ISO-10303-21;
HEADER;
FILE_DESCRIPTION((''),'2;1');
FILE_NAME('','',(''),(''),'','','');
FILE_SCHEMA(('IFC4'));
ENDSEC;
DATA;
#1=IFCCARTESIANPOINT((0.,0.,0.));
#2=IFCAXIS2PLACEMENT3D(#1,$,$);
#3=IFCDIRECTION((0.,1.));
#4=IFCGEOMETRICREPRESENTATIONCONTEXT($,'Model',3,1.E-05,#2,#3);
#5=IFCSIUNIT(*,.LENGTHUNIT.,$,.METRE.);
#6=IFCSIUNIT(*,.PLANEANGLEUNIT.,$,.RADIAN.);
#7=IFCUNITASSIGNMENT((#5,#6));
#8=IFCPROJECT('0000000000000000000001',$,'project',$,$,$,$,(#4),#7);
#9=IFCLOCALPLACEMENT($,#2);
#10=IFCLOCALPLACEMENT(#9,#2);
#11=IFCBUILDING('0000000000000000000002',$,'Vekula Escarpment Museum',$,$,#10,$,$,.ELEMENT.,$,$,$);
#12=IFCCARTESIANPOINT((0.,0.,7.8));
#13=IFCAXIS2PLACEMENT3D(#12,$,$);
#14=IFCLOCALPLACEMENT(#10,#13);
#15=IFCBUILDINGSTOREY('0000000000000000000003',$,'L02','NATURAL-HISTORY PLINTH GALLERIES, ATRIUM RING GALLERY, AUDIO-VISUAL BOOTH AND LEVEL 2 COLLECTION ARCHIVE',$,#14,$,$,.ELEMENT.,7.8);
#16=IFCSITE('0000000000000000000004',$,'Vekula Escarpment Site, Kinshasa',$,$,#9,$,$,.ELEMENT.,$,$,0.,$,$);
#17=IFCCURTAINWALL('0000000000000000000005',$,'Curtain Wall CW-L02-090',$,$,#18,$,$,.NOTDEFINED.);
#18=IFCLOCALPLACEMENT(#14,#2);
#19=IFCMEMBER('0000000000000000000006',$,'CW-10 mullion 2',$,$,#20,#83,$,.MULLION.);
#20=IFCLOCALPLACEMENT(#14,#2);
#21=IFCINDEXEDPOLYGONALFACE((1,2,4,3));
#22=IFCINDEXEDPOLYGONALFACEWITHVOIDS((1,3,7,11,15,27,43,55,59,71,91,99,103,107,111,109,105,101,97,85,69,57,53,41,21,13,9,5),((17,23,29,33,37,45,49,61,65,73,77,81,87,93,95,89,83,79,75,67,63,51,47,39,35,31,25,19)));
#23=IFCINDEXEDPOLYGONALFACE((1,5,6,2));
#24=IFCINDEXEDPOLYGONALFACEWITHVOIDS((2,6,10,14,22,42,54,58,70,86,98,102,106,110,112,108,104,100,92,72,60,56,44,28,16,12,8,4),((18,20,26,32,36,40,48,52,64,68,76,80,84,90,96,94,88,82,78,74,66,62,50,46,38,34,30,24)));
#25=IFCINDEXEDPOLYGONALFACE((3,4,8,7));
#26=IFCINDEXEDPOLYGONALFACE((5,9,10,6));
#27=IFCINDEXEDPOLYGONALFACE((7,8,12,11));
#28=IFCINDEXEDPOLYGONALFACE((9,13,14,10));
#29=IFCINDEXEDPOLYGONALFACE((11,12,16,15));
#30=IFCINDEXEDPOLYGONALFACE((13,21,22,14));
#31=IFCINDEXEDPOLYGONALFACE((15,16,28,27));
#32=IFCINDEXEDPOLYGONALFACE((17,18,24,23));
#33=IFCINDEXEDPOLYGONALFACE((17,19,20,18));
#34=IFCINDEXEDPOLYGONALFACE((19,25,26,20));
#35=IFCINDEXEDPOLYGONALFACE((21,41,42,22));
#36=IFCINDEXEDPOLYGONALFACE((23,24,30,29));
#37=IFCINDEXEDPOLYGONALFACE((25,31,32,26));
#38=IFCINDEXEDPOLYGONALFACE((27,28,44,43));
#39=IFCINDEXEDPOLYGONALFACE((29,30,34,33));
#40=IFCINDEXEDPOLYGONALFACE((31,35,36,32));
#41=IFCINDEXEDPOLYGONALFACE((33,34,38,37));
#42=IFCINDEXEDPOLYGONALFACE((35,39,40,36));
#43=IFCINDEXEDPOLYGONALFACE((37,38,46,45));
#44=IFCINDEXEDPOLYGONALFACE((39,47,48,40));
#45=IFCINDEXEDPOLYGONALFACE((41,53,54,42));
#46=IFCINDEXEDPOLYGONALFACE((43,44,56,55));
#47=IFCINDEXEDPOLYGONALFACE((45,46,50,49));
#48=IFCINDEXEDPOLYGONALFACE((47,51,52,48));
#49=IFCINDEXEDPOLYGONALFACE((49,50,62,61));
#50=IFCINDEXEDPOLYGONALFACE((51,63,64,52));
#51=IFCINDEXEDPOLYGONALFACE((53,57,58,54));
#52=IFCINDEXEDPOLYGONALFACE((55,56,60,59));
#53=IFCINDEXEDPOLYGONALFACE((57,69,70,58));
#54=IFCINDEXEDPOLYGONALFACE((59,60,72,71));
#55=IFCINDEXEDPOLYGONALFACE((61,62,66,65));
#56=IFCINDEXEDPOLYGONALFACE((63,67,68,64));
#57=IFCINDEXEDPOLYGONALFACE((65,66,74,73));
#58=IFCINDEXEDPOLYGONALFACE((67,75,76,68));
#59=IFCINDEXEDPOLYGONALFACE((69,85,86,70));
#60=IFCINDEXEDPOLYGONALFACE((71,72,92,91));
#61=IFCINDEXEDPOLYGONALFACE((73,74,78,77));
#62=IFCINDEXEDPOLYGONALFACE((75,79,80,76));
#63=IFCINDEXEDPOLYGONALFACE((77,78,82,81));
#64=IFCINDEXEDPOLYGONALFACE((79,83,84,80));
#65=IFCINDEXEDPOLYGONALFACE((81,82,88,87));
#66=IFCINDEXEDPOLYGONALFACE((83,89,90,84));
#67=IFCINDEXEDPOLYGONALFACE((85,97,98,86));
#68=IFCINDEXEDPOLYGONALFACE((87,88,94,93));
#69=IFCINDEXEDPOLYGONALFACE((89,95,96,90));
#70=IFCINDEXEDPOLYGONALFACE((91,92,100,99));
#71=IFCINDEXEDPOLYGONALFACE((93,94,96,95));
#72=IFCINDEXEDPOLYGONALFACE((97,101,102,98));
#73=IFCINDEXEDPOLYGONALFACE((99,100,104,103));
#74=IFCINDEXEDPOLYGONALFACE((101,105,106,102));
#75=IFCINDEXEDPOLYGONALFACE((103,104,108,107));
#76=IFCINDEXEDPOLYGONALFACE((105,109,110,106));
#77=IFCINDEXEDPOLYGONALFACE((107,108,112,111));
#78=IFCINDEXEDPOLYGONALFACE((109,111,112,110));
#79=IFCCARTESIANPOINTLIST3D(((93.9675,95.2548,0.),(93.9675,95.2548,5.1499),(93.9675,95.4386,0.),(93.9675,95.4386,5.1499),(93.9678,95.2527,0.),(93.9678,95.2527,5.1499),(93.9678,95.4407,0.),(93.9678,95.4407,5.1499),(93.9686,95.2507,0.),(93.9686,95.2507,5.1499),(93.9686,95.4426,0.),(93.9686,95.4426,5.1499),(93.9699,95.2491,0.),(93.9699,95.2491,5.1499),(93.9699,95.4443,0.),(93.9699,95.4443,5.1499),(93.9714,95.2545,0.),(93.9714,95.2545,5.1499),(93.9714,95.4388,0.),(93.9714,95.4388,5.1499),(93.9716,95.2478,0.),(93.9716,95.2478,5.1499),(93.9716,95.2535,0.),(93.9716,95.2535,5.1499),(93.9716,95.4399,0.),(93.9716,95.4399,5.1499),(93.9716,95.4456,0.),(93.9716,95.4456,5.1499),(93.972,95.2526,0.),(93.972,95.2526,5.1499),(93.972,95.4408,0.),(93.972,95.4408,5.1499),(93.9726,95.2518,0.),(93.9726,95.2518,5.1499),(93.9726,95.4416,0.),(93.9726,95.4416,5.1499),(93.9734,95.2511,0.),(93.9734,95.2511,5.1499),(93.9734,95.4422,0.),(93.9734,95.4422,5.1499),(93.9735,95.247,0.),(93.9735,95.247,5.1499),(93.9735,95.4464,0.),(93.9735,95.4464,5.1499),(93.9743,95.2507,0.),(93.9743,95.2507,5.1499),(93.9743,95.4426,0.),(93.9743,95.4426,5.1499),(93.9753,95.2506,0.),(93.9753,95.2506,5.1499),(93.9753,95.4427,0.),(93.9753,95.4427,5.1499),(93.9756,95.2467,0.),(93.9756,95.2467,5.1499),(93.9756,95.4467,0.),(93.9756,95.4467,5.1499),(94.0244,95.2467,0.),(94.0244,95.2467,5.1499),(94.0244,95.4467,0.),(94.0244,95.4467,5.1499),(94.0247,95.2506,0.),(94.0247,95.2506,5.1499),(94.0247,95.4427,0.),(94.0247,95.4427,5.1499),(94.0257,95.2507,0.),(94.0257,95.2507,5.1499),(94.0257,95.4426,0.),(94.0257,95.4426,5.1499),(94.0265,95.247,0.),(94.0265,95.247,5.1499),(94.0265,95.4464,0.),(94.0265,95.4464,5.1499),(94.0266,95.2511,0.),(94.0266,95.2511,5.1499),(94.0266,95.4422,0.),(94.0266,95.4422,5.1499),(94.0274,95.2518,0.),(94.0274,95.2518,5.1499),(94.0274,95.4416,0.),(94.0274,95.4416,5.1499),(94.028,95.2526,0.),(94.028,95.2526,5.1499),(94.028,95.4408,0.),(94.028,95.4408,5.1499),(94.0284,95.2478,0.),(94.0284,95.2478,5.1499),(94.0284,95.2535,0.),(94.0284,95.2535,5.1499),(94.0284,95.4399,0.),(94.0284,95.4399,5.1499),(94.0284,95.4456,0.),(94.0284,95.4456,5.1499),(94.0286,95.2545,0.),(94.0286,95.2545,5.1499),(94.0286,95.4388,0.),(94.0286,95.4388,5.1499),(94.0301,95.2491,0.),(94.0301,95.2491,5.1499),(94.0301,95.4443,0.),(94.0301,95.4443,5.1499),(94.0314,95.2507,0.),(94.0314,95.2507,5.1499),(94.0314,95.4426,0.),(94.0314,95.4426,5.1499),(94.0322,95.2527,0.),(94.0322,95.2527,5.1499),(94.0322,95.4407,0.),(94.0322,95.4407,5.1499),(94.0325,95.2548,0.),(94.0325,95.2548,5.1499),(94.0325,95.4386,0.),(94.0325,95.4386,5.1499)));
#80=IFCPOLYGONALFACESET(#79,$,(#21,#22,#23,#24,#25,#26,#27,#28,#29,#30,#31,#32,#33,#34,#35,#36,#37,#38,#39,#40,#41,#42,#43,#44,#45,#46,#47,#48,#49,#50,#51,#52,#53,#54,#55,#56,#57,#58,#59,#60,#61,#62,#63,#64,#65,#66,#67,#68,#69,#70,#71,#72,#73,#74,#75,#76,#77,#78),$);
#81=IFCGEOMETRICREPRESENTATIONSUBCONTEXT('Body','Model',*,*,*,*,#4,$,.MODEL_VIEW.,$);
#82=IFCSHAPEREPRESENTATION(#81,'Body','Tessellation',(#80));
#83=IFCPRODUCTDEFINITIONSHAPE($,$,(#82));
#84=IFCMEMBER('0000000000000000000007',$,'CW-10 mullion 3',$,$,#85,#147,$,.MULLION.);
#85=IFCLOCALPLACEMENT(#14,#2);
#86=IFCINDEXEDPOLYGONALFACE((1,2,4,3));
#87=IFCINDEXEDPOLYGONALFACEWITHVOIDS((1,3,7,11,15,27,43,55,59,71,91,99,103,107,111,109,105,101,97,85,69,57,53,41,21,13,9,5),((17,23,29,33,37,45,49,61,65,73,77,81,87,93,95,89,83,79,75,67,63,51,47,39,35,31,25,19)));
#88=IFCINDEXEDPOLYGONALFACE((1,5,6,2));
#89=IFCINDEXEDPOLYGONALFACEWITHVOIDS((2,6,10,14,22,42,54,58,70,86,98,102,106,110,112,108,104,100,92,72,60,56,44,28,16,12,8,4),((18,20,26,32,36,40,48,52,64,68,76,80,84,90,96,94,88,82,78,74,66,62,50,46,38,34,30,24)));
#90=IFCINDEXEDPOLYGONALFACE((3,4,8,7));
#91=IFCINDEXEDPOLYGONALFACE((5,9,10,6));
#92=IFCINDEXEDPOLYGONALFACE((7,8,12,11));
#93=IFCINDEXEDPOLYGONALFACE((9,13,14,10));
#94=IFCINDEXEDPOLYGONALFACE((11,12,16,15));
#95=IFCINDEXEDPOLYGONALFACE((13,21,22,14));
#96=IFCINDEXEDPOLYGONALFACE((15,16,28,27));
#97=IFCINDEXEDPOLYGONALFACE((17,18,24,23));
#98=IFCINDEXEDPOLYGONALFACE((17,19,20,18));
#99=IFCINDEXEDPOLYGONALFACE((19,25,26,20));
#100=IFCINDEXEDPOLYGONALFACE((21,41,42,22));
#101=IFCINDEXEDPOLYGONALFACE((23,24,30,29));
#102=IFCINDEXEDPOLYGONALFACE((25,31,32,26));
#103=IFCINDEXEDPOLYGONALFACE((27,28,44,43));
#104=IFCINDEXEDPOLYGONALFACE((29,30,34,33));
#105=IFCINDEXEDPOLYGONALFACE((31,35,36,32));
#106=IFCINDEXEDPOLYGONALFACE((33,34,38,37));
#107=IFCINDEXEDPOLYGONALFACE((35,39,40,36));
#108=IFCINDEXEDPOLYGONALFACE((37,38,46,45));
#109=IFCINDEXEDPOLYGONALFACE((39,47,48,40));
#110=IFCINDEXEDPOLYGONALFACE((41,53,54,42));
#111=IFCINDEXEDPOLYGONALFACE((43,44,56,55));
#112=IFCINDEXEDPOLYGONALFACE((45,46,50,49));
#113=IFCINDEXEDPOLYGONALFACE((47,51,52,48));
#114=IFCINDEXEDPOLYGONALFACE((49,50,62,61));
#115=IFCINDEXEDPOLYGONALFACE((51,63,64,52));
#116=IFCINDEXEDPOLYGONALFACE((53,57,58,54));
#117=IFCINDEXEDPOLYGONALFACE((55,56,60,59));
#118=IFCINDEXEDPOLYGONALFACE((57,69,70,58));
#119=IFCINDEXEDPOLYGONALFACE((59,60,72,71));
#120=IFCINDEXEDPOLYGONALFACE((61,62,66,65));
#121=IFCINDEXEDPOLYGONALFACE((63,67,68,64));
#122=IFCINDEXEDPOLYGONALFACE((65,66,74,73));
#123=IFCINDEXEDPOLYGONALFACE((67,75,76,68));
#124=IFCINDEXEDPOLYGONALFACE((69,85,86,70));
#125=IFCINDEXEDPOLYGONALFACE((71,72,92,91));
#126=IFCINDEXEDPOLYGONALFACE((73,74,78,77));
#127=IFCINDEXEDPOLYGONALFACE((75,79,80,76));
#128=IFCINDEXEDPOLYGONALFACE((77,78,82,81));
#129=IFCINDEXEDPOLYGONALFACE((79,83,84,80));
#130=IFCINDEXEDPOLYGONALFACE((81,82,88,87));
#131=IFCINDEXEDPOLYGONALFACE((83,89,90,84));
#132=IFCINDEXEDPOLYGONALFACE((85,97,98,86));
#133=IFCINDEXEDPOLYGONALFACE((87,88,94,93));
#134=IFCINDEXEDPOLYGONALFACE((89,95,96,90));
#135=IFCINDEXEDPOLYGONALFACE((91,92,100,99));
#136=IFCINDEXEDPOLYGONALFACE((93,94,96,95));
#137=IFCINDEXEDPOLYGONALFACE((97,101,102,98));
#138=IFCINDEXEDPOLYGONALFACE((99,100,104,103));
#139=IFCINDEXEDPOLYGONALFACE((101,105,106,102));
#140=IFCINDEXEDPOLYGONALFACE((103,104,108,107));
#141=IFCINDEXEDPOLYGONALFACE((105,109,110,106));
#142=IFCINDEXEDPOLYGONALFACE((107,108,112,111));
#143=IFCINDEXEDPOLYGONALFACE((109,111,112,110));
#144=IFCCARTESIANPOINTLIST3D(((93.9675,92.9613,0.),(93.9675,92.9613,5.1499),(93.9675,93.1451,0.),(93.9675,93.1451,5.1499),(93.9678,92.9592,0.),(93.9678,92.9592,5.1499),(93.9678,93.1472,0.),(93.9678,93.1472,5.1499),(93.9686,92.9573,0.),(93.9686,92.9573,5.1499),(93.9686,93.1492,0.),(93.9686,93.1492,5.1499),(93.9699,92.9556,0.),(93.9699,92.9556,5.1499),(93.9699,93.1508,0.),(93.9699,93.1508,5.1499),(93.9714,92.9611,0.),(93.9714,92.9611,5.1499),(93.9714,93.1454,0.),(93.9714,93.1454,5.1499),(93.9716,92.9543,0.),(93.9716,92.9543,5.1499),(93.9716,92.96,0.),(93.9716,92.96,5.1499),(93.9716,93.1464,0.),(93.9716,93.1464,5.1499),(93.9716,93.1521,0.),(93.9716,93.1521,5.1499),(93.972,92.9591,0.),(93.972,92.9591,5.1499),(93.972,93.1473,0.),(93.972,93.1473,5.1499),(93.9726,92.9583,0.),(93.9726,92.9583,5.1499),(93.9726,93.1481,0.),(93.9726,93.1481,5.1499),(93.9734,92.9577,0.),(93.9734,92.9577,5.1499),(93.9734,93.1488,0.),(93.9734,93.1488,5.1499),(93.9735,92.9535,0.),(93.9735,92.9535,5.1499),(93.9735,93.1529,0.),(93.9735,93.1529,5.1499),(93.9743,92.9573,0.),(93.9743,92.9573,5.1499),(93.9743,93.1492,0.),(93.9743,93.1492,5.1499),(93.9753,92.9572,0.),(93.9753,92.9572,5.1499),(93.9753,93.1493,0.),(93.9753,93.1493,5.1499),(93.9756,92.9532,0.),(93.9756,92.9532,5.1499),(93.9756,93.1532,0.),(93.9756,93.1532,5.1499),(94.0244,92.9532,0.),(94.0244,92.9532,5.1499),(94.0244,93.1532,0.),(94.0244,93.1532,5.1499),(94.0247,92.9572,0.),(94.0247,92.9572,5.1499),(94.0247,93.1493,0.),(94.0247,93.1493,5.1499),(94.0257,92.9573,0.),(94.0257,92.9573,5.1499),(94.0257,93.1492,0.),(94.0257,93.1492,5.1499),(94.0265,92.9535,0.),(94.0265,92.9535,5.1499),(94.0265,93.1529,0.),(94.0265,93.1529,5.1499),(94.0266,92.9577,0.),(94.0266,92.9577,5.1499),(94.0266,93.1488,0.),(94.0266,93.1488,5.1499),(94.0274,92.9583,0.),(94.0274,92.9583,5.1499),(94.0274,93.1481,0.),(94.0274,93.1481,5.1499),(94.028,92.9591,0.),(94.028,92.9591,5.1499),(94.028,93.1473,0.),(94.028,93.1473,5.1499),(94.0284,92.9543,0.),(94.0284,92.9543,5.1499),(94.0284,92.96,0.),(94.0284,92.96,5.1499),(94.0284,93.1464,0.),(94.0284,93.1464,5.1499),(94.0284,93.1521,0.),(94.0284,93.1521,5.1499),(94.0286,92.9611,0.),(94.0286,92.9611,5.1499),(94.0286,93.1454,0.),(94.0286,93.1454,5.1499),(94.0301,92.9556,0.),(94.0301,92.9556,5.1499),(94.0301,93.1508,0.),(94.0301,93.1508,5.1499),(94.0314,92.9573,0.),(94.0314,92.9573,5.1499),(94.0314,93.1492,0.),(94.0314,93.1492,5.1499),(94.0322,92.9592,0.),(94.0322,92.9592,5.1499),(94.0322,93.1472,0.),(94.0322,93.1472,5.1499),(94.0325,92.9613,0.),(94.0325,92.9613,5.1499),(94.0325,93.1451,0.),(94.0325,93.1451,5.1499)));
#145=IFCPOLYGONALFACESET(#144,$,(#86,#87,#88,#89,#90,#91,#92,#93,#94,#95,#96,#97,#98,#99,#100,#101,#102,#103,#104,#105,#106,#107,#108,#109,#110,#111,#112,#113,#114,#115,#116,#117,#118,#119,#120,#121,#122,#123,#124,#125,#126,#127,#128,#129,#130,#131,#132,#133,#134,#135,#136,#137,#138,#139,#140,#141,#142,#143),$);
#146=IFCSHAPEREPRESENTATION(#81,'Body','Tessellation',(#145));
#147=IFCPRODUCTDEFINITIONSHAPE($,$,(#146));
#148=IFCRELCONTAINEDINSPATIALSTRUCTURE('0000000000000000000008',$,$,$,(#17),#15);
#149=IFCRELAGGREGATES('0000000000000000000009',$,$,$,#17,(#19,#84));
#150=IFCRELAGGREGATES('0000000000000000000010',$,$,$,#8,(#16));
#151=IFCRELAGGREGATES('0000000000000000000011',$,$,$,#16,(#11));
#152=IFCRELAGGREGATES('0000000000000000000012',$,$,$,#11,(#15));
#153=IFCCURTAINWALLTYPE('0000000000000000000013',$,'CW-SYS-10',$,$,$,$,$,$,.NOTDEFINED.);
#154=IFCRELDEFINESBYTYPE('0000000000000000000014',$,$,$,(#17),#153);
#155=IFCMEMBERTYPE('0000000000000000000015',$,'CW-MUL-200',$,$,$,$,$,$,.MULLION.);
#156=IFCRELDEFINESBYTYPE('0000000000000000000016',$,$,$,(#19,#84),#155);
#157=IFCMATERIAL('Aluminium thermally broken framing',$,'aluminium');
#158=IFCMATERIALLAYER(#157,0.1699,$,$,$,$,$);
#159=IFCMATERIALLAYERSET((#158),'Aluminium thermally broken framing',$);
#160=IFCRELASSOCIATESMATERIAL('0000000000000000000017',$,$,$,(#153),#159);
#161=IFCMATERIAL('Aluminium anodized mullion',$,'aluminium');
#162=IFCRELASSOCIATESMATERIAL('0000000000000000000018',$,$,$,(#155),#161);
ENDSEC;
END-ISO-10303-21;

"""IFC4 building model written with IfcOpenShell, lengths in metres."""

from ifc_helpers import new_model, si_unit, direction, frame, origin, origin_2d, place, context, subcontext, project, spatial, hollow_rectangle, extrude, material, layer, layer_set, material_profile, profile_set, type_object, element, aggregate, save


model = new_model("IFC4")

# Units and contexts
model_context = context("Model", 3, precision=1e-05, world=origin(), true_north=direction((0.0, 1.0)))
body_context = subcontext(model_context, "Body", "Model", "MODEL_VIEW")
ifc_project = project(units=[si_unit("LENGTHUNIT", "METRE"), si_unit("PLANEANGLEUNIT", "RADIAN")], contexts=[model_context])

# Site, building, storey
site_placement = place(None, origin())
site = spatial("IfcSite", under=ifc_project, at=site_placement, Name="Vekula Escarpment Site, Kinshasa", CompositionType="ELEMENT", RefElevation=0.0)
building_placement = place(site_placement, origin())
building = spatial("IfcBuilding", under=site, at=building_placement, Name="Vekula Escarpment Museum", CompositionType="ELEMENT")
storey_placement = place(building_placement, frame((0.0, 0.0, 7.8)))
storey = spatial("IfcBuildingStorey", under=building, at=storey_placement, Name="L02", Description="NATURAL-HISTORY PLINTH GALLERIES, ATRIUM RING GALLERY, AUDIO-VISUAL BOOTH AND LEVEL 2 COLLECTION ARCHIVE", CompositionType="ELEMENT", Elevation=7.8)

# Curtain wall, members
ifc_material_1 = material(Name="Aluminium thermally broken framing", Category="aluminium")
ifc_layer_1 = layer(ifc_material_1, 0.1699)
ifc_layer_set_1 = layer_set([ifc_layer_1], Name="Aluminium thermally broken framing")
curtain_wall_type = type_object("IfcCurtainWallType", Name="CW-SYS-10", PredefinedType="NOTDEFINED", material=ifc_layer_set_1)
curtain_wall_placement = place(storey_placement, origin())
curtain_wall = element("IfcCurtainWall", 1, at=curtain_wall_placement, inside=storey, type_object=curtain_wall_type, Name="Curtain Wall CW-L02-090", PredefinedType="NOTDEFINED")
ifc_material_2 = material(Name="Aluminium anodized mullion", Category="aluminium")
ifc_material_profile_1 = material_profile(ifc_material_2, hollow_rectangle(XDim=0.0649, YDim=0.2, WallThickness=0.0039, InnerFilletRadius=0.0039, OuterFilletRadius=0.0081, at=origin_2d()), Name="ALU 200x65x4")
ifc_profile_set_1 = profile_set([ifc_material_profile_1], Name="Aluminium anodized mullion")
member_type_1 = type_object("IfcMemberType", Name="CW-MUL-200", PredefinedType="MULLION", material=ifc_profile_set_1)
member_1_placement = place(storey_placement, frame((94.0, 95.3467, 0.0), z_axis=(0.0, 0.0, 1.0), x_axis=(1.0, 0.0, 0.0)))
member_1 = element("IfcMember", 2, at=member_1_placement, type_object=member_type_1, Name="CW-10 mullion 2", PredefinedType="MULLION", context=body_context, shape_type="SweptSolid", body=[
    extrude(hollow_rectangle(XDim=0.0649, YDim=0.2, WallThickness=0.0039, InnerFilletRadius=0.0039, OuterFilletRadius=0.0081, at=origin_2d()), origin(), (0.0, 0.0, 1.0), 5.1499),
])
member_2_placement = place(storey_placement, frame((94.0, 93.0532, 0.0), z_axis=(0.0, 0.0, 1.0), x_axis=(1.0, 0.0, 0.0)))
member_2 = element("IfcMember", 3, at=member_2_placement, type_object=member_type_1, Name="CW-10 mullion 3", PredefinedType="MULLION", context=body_context, shape_type="SweptSolid", body=[
    extrude(hollow_rectangle(XDim=0.0649, YDim=0.2, WallThickness=0.0039, InnerFilletRadius=0.0039, OuterFilletRadius=0.0081, at=origin_2d()), origin(), (0.0, 0.0, 1.0), 5.1499),
])

aggregate(curtain_wall, [member_1, member_2])

save(model, "model.ifc")
